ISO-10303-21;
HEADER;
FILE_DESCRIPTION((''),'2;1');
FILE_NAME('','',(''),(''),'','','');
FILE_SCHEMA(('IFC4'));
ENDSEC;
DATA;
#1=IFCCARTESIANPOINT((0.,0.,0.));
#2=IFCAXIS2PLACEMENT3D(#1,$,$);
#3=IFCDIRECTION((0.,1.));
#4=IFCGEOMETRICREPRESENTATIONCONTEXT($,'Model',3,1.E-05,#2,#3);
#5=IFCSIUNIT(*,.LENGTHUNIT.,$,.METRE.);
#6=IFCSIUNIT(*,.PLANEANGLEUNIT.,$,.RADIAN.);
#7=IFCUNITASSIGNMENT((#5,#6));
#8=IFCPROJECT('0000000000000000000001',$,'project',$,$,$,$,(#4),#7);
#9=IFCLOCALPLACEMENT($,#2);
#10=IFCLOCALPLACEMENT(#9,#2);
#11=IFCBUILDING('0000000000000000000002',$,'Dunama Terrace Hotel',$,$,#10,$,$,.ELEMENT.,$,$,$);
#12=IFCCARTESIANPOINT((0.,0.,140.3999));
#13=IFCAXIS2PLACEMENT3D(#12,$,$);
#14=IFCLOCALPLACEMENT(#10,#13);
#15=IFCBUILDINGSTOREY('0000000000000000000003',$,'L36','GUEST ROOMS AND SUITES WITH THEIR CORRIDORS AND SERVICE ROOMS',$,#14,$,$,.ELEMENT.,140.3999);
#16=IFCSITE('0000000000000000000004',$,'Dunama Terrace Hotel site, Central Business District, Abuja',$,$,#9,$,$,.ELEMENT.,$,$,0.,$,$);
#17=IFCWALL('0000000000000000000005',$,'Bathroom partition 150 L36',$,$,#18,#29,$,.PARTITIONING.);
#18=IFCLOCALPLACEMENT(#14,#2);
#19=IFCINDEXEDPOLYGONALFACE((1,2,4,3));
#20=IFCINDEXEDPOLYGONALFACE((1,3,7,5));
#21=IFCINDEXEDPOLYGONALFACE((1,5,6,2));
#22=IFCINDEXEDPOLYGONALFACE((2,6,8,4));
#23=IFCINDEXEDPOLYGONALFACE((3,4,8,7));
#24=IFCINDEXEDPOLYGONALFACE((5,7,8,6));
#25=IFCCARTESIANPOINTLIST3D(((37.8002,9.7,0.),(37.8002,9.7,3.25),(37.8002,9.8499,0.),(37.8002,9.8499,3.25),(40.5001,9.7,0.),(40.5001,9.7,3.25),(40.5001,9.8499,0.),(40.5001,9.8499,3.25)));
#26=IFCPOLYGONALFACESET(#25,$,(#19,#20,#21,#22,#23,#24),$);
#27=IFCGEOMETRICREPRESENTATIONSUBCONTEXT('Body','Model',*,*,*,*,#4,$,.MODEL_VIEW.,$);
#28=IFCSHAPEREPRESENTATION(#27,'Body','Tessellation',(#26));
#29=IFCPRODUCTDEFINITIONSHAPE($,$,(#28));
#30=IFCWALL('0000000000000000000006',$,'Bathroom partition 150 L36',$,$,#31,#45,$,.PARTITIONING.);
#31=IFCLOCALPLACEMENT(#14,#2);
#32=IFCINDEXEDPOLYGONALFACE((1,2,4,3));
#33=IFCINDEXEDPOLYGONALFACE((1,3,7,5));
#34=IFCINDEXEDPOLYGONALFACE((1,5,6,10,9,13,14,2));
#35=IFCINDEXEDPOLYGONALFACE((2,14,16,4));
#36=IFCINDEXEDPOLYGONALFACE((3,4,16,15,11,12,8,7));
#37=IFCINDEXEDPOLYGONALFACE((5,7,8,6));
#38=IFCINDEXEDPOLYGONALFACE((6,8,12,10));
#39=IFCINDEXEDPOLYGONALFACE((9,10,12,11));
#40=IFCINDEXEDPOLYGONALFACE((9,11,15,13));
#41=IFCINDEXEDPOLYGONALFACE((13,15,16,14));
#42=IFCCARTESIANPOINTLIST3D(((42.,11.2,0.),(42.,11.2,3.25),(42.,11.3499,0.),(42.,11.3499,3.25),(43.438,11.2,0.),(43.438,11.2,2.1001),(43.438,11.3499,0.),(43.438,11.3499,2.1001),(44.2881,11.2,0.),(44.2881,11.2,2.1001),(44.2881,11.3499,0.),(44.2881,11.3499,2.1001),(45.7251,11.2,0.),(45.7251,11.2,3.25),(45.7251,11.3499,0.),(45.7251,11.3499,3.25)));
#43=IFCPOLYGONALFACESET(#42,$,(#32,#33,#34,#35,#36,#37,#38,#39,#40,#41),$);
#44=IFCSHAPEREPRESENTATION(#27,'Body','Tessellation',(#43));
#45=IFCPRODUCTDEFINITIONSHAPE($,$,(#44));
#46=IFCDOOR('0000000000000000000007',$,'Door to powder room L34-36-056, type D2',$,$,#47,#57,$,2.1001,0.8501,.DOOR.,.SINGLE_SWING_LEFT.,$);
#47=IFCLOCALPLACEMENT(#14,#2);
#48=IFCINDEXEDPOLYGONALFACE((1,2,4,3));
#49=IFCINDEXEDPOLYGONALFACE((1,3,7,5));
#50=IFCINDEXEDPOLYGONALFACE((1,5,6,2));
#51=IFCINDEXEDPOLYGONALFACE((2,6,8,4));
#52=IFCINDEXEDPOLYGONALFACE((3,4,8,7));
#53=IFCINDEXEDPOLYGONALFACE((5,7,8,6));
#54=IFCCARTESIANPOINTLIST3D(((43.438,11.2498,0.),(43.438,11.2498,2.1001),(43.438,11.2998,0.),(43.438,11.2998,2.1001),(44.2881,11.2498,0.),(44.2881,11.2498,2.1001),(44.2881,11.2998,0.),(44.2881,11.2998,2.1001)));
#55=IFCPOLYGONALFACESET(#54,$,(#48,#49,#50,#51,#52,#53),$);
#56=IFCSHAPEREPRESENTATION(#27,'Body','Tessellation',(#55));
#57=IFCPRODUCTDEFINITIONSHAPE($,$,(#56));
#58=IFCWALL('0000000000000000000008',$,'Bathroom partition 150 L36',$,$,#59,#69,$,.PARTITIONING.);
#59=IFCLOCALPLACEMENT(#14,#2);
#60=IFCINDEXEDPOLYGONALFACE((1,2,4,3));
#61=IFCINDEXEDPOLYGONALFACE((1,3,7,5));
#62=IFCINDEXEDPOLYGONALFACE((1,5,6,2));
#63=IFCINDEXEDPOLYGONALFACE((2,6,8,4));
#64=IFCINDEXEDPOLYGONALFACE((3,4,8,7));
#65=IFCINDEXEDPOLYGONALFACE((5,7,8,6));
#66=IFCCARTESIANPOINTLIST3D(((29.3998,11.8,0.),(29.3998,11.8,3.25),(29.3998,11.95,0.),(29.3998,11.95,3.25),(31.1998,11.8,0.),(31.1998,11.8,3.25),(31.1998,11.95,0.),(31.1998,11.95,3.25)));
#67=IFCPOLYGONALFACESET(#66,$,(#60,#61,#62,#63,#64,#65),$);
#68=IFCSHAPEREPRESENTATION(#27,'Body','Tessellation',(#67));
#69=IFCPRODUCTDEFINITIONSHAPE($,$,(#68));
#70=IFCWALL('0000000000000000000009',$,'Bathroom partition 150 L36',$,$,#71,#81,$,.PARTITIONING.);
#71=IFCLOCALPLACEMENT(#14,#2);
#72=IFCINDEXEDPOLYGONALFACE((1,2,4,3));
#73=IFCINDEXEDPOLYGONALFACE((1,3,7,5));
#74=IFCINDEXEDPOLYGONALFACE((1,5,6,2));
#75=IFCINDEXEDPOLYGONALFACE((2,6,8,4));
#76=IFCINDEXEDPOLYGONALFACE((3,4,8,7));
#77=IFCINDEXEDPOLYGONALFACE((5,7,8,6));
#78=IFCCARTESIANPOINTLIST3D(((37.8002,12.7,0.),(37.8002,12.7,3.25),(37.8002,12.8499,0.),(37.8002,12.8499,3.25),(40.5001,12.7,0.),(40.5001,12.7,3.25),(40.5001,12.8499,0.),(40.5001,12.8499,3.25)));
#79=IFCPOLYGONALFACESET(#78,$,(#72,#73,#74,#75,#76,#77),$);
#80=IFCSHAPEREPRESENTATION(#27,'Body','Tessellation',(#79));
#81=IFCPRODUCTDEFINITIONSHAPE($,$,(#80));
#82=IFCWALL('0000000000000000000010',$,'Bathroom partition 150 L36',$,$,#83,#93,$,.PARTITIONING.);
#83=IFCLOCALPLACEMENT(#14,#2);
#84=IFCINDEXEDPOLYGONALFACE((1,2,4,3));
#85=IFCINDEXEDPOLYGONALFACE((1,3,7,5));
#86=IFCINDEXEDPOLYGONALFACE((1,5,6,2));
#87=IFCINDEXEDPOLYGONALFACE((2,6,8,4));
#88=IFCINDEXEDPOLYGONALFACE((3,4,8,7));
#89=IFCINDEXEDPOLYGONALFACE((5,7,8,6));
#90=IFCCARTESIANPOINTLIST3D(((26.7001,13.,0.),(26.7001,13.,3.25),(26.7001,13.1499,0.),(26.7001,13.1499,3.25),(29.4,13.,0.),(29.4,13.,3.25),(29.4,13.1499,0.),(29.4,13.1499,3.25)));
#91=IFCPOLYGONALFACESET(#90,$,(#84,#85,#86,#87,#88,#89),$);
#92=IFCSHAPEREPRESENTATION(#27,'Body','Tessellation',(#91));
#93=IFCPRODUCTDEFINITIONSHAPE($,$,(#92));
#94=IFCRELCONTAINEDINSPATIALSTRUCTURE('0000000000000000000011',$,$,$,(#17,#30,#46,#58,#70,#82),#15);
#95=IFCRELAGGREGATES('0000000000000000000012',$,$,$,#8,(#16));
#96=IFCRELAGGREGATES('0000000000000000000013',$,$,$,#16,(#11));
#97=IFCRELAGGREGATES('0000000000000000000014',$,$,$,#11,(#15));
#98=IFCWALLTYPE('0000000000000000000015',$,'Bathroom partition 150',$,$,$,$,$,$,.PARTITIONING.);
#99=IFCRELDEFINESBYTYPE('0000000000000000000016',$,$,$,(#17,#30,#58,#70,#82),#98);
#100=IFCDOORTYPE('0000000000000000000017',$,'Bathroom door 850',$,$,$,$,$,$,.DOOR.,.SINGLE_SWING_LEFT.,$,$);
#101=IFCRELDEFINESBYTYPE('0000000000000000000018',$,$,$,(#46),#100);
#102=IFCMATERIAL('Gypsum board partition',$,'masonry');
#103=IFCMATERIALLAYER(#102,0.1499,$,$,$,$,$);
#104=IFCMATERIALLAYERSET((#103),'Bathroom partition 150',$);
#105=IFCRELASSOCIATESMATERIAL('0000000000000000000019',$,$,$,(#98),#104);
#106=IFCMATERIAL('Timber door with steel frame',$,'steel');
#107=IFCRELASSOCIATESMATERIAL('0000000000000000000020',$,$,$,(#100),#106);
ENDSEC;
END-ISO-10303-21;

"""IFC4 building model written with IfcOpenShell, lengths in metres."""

from ifc_helpers import new_model, si_unit, direction, frame, frame_2d, origin, place, context, subcontext, project, spatial, rectangle, extrude, material, layer, layer_set, type_object, element, fill, save


model = new_model("IFC4")

# Units and contexts
model_context = context("Model", 3, precision=1e-05, world=origin(), true_north=direction((0.0, 1.0)))
body_context = subcontext(model_context, "Body", "Model", "MODEL_VIEW")
ifc_project = project(units=[si_unit("LENGTHUNIT", "METRE"), si_unit("PLANEANGLEUNIT", "RADIAN")], contexts=[model_context])

# Site, building, storey
site_placement = place(None, origin())
site = spatial("IfcSite", under=ifc_project, at=site_placement, Name="Dunama Terrace Hotel site, Central Business District, Abuja", CompositionType="ELEMENT", RefElevation=0.0)
building_placement = place(site_placement, origin())
building = spatial("IfcBuilding", under=site, at=building_placement, Name="Dunama Terrace Hotel", CompositionType="ELEMENT")
storey_placement = place(building_placement, frame((0.0, 0.0, 140.3999)))
storey = spatial("IfcBuildingStorey", under=building, at=storey_placement, Name="L36", Description="GUEST ROOMS AND SUITES WITH THEIR CORRIDORS AND SERVICE ROOMS", CompositionType="ELEMENT", Elevation=140.3999)

# Shared definitions
ifc_material_1 = material(Name="Gypsum board partition", Category="masonry")
ifc_layer = layer(ifc_material_1, 0.1499)
ifc_layer_set = layer_set([ifc_layer], Name="Bathroom partition 150")
wall_type = type_object("IfcWallType", Name="Bathroom partition 150", PredefinedType="PARTITIONING", material=ifc_layer_set)
ifc_material_2 = material(Name="Timber door with steel frame", Category="steel")
door_type_1 = type_object("IfcDoorType", Name="Bathroom door 850", OperationType="SINGLE_SWING_LEFT", PredefinedType="DOOR", material=ifc_material_2)

# Wall
for number, where, z_axis, x_axis, name in (
    (1, (37.8, 9.7749, 0.0), (0.0, 0.0, 1.0), (1.0, 0.0, 0.0), "Bathroom partition 150 L36"),
):
    element("IfcWall", number, at=place(storey_placement, frame(where, z_axis=z_axis, x_axis=x_axis)), inside=storey, type_object=wall_type, Name=name, PredefinedType="PARTITIONING", context=body_context, shape_type="SweptSolid", body=[
        extrude(rectangle(XDim=2.7, YDim=0.1499, at=frame_2d((1.3501, 0.0))), origin(), (0.0, 0.0, 1.0), 3.25),
    ])

# Wall, opening, door
wall_1_placement = place(storey_placement, frame((42.0, 11.2749, 0.0), z_axis=(0.0, 0.0, 1.0), x_axis=(1.0, 0.0, 0.0)))
wall_1 = element("IfcWall", 2, at=wall_1_placement, inside=storey, type_object=wall_type, Name="Bathroom partition 150 L36", PredefinedType="PARTITIONING", context=body_context, shape_type="SweptSolid", body=[
    extrude(rectangle(XDim=3.7251, YDim=0.1499, at=frame_2d((1.8625, 0.0))), origin(), (0.0, 0.0, 1.0), 3.25),
])
opening_1_placement = place(wall_1_placement, frame((1.438, 0.0, 0.0)))
opening_1 = element("IfcOpeningElement", 3, at=opening_1_placement, cuts=wall_1, PredefinedType="OPENING", context=body_context, shape_type="SweptSolid", body=[
    extrude(rectangle(XDim=0.8501, YDim=2.1001, at=frame_2d((0.425, 1.05))), frame((0.0, 0.085, 0.0), z_axis=(0.0, -1.0, 0.0), x_axis=(1.0, 0.0, 0.0)), (0.0, 0.0, 1.0), 0.1699),
])
door_1_placement = place(opening_1_placement, origin())
door_1 = element("IfcDoor", 4, at=door_1_placement, inside=storey, type_object=door_type_1, Name="Door to powder room L34-36-056, type D2", OperationType="SINGLE_SWING_LEFT", OverallHeight=2.1001, OverallWidth=0.8501, PredefinedType="DOOR", context=body_context, shape_type="SweptSolid", body=[
    extrude(rectangle(XDim=0.8501, YDim=2.1001, at=frame_2d((0.425, 1.05))), frame((0.0, 0.0249, 0.0), z_axis=(0.0, -1.0, 0.0), x_axis=(1.0, 0.0, 0.0)), (0.0, 0.0, 1.0), 0.05),
])
fill(opening_1, door_1)

# Walls
wall_2_placement = place(storey_placement, frame((29.3999, 11.875, 0.0), z_axis=(0.0, 0.0, 1.0), x_axis=(1.0, 0.0, 0.0)))
element("IfcWall", 5, at=wall_2_placement, inside=storey, type_object=wall_type, Name="Bathroom partition 150 L36", PredefinedType="PARTITIONING", context=body_context, shape_type="SweptSolid", body=[
    extrude(rectangle(XDim=1.8, YDim=0.1499, at=frame_2d((0.8999, 0.0))), origin(), (0.0, 0.0, 1.0), 3.25),
])
for number, where, z_axis, x_axis, name in (
    (6, (37.8, 12.7749, 0.0), (0.0, 0.0, 1.0), (1.0, 0.0, 0.0), "Bathroom partition 150 L36"),
    (7, (26.7, 13.075, 0.0), (0.0, 0.0, 1.0), (1.0, 0.0, 0.0), "Bathroom partition 150 L36"),
):
    element("IfcWall", number, at=place(storey_placement, frame(where, z_axis=z_axis, x_axis=x_axis)), inside=storey, type_object=wall_type, Name=name, PredefinedType="PARTITIONING", context=body_context, shape_type="SweptSolid", body=[
        extrude(rectangle(XDim=2.7, YDim=0.1499, at=frame_2d((1.3501, 0.0))), origin(), (0.0, 0.0, 1.0), 3.25),
    ])

save(model, "model.ifc")
